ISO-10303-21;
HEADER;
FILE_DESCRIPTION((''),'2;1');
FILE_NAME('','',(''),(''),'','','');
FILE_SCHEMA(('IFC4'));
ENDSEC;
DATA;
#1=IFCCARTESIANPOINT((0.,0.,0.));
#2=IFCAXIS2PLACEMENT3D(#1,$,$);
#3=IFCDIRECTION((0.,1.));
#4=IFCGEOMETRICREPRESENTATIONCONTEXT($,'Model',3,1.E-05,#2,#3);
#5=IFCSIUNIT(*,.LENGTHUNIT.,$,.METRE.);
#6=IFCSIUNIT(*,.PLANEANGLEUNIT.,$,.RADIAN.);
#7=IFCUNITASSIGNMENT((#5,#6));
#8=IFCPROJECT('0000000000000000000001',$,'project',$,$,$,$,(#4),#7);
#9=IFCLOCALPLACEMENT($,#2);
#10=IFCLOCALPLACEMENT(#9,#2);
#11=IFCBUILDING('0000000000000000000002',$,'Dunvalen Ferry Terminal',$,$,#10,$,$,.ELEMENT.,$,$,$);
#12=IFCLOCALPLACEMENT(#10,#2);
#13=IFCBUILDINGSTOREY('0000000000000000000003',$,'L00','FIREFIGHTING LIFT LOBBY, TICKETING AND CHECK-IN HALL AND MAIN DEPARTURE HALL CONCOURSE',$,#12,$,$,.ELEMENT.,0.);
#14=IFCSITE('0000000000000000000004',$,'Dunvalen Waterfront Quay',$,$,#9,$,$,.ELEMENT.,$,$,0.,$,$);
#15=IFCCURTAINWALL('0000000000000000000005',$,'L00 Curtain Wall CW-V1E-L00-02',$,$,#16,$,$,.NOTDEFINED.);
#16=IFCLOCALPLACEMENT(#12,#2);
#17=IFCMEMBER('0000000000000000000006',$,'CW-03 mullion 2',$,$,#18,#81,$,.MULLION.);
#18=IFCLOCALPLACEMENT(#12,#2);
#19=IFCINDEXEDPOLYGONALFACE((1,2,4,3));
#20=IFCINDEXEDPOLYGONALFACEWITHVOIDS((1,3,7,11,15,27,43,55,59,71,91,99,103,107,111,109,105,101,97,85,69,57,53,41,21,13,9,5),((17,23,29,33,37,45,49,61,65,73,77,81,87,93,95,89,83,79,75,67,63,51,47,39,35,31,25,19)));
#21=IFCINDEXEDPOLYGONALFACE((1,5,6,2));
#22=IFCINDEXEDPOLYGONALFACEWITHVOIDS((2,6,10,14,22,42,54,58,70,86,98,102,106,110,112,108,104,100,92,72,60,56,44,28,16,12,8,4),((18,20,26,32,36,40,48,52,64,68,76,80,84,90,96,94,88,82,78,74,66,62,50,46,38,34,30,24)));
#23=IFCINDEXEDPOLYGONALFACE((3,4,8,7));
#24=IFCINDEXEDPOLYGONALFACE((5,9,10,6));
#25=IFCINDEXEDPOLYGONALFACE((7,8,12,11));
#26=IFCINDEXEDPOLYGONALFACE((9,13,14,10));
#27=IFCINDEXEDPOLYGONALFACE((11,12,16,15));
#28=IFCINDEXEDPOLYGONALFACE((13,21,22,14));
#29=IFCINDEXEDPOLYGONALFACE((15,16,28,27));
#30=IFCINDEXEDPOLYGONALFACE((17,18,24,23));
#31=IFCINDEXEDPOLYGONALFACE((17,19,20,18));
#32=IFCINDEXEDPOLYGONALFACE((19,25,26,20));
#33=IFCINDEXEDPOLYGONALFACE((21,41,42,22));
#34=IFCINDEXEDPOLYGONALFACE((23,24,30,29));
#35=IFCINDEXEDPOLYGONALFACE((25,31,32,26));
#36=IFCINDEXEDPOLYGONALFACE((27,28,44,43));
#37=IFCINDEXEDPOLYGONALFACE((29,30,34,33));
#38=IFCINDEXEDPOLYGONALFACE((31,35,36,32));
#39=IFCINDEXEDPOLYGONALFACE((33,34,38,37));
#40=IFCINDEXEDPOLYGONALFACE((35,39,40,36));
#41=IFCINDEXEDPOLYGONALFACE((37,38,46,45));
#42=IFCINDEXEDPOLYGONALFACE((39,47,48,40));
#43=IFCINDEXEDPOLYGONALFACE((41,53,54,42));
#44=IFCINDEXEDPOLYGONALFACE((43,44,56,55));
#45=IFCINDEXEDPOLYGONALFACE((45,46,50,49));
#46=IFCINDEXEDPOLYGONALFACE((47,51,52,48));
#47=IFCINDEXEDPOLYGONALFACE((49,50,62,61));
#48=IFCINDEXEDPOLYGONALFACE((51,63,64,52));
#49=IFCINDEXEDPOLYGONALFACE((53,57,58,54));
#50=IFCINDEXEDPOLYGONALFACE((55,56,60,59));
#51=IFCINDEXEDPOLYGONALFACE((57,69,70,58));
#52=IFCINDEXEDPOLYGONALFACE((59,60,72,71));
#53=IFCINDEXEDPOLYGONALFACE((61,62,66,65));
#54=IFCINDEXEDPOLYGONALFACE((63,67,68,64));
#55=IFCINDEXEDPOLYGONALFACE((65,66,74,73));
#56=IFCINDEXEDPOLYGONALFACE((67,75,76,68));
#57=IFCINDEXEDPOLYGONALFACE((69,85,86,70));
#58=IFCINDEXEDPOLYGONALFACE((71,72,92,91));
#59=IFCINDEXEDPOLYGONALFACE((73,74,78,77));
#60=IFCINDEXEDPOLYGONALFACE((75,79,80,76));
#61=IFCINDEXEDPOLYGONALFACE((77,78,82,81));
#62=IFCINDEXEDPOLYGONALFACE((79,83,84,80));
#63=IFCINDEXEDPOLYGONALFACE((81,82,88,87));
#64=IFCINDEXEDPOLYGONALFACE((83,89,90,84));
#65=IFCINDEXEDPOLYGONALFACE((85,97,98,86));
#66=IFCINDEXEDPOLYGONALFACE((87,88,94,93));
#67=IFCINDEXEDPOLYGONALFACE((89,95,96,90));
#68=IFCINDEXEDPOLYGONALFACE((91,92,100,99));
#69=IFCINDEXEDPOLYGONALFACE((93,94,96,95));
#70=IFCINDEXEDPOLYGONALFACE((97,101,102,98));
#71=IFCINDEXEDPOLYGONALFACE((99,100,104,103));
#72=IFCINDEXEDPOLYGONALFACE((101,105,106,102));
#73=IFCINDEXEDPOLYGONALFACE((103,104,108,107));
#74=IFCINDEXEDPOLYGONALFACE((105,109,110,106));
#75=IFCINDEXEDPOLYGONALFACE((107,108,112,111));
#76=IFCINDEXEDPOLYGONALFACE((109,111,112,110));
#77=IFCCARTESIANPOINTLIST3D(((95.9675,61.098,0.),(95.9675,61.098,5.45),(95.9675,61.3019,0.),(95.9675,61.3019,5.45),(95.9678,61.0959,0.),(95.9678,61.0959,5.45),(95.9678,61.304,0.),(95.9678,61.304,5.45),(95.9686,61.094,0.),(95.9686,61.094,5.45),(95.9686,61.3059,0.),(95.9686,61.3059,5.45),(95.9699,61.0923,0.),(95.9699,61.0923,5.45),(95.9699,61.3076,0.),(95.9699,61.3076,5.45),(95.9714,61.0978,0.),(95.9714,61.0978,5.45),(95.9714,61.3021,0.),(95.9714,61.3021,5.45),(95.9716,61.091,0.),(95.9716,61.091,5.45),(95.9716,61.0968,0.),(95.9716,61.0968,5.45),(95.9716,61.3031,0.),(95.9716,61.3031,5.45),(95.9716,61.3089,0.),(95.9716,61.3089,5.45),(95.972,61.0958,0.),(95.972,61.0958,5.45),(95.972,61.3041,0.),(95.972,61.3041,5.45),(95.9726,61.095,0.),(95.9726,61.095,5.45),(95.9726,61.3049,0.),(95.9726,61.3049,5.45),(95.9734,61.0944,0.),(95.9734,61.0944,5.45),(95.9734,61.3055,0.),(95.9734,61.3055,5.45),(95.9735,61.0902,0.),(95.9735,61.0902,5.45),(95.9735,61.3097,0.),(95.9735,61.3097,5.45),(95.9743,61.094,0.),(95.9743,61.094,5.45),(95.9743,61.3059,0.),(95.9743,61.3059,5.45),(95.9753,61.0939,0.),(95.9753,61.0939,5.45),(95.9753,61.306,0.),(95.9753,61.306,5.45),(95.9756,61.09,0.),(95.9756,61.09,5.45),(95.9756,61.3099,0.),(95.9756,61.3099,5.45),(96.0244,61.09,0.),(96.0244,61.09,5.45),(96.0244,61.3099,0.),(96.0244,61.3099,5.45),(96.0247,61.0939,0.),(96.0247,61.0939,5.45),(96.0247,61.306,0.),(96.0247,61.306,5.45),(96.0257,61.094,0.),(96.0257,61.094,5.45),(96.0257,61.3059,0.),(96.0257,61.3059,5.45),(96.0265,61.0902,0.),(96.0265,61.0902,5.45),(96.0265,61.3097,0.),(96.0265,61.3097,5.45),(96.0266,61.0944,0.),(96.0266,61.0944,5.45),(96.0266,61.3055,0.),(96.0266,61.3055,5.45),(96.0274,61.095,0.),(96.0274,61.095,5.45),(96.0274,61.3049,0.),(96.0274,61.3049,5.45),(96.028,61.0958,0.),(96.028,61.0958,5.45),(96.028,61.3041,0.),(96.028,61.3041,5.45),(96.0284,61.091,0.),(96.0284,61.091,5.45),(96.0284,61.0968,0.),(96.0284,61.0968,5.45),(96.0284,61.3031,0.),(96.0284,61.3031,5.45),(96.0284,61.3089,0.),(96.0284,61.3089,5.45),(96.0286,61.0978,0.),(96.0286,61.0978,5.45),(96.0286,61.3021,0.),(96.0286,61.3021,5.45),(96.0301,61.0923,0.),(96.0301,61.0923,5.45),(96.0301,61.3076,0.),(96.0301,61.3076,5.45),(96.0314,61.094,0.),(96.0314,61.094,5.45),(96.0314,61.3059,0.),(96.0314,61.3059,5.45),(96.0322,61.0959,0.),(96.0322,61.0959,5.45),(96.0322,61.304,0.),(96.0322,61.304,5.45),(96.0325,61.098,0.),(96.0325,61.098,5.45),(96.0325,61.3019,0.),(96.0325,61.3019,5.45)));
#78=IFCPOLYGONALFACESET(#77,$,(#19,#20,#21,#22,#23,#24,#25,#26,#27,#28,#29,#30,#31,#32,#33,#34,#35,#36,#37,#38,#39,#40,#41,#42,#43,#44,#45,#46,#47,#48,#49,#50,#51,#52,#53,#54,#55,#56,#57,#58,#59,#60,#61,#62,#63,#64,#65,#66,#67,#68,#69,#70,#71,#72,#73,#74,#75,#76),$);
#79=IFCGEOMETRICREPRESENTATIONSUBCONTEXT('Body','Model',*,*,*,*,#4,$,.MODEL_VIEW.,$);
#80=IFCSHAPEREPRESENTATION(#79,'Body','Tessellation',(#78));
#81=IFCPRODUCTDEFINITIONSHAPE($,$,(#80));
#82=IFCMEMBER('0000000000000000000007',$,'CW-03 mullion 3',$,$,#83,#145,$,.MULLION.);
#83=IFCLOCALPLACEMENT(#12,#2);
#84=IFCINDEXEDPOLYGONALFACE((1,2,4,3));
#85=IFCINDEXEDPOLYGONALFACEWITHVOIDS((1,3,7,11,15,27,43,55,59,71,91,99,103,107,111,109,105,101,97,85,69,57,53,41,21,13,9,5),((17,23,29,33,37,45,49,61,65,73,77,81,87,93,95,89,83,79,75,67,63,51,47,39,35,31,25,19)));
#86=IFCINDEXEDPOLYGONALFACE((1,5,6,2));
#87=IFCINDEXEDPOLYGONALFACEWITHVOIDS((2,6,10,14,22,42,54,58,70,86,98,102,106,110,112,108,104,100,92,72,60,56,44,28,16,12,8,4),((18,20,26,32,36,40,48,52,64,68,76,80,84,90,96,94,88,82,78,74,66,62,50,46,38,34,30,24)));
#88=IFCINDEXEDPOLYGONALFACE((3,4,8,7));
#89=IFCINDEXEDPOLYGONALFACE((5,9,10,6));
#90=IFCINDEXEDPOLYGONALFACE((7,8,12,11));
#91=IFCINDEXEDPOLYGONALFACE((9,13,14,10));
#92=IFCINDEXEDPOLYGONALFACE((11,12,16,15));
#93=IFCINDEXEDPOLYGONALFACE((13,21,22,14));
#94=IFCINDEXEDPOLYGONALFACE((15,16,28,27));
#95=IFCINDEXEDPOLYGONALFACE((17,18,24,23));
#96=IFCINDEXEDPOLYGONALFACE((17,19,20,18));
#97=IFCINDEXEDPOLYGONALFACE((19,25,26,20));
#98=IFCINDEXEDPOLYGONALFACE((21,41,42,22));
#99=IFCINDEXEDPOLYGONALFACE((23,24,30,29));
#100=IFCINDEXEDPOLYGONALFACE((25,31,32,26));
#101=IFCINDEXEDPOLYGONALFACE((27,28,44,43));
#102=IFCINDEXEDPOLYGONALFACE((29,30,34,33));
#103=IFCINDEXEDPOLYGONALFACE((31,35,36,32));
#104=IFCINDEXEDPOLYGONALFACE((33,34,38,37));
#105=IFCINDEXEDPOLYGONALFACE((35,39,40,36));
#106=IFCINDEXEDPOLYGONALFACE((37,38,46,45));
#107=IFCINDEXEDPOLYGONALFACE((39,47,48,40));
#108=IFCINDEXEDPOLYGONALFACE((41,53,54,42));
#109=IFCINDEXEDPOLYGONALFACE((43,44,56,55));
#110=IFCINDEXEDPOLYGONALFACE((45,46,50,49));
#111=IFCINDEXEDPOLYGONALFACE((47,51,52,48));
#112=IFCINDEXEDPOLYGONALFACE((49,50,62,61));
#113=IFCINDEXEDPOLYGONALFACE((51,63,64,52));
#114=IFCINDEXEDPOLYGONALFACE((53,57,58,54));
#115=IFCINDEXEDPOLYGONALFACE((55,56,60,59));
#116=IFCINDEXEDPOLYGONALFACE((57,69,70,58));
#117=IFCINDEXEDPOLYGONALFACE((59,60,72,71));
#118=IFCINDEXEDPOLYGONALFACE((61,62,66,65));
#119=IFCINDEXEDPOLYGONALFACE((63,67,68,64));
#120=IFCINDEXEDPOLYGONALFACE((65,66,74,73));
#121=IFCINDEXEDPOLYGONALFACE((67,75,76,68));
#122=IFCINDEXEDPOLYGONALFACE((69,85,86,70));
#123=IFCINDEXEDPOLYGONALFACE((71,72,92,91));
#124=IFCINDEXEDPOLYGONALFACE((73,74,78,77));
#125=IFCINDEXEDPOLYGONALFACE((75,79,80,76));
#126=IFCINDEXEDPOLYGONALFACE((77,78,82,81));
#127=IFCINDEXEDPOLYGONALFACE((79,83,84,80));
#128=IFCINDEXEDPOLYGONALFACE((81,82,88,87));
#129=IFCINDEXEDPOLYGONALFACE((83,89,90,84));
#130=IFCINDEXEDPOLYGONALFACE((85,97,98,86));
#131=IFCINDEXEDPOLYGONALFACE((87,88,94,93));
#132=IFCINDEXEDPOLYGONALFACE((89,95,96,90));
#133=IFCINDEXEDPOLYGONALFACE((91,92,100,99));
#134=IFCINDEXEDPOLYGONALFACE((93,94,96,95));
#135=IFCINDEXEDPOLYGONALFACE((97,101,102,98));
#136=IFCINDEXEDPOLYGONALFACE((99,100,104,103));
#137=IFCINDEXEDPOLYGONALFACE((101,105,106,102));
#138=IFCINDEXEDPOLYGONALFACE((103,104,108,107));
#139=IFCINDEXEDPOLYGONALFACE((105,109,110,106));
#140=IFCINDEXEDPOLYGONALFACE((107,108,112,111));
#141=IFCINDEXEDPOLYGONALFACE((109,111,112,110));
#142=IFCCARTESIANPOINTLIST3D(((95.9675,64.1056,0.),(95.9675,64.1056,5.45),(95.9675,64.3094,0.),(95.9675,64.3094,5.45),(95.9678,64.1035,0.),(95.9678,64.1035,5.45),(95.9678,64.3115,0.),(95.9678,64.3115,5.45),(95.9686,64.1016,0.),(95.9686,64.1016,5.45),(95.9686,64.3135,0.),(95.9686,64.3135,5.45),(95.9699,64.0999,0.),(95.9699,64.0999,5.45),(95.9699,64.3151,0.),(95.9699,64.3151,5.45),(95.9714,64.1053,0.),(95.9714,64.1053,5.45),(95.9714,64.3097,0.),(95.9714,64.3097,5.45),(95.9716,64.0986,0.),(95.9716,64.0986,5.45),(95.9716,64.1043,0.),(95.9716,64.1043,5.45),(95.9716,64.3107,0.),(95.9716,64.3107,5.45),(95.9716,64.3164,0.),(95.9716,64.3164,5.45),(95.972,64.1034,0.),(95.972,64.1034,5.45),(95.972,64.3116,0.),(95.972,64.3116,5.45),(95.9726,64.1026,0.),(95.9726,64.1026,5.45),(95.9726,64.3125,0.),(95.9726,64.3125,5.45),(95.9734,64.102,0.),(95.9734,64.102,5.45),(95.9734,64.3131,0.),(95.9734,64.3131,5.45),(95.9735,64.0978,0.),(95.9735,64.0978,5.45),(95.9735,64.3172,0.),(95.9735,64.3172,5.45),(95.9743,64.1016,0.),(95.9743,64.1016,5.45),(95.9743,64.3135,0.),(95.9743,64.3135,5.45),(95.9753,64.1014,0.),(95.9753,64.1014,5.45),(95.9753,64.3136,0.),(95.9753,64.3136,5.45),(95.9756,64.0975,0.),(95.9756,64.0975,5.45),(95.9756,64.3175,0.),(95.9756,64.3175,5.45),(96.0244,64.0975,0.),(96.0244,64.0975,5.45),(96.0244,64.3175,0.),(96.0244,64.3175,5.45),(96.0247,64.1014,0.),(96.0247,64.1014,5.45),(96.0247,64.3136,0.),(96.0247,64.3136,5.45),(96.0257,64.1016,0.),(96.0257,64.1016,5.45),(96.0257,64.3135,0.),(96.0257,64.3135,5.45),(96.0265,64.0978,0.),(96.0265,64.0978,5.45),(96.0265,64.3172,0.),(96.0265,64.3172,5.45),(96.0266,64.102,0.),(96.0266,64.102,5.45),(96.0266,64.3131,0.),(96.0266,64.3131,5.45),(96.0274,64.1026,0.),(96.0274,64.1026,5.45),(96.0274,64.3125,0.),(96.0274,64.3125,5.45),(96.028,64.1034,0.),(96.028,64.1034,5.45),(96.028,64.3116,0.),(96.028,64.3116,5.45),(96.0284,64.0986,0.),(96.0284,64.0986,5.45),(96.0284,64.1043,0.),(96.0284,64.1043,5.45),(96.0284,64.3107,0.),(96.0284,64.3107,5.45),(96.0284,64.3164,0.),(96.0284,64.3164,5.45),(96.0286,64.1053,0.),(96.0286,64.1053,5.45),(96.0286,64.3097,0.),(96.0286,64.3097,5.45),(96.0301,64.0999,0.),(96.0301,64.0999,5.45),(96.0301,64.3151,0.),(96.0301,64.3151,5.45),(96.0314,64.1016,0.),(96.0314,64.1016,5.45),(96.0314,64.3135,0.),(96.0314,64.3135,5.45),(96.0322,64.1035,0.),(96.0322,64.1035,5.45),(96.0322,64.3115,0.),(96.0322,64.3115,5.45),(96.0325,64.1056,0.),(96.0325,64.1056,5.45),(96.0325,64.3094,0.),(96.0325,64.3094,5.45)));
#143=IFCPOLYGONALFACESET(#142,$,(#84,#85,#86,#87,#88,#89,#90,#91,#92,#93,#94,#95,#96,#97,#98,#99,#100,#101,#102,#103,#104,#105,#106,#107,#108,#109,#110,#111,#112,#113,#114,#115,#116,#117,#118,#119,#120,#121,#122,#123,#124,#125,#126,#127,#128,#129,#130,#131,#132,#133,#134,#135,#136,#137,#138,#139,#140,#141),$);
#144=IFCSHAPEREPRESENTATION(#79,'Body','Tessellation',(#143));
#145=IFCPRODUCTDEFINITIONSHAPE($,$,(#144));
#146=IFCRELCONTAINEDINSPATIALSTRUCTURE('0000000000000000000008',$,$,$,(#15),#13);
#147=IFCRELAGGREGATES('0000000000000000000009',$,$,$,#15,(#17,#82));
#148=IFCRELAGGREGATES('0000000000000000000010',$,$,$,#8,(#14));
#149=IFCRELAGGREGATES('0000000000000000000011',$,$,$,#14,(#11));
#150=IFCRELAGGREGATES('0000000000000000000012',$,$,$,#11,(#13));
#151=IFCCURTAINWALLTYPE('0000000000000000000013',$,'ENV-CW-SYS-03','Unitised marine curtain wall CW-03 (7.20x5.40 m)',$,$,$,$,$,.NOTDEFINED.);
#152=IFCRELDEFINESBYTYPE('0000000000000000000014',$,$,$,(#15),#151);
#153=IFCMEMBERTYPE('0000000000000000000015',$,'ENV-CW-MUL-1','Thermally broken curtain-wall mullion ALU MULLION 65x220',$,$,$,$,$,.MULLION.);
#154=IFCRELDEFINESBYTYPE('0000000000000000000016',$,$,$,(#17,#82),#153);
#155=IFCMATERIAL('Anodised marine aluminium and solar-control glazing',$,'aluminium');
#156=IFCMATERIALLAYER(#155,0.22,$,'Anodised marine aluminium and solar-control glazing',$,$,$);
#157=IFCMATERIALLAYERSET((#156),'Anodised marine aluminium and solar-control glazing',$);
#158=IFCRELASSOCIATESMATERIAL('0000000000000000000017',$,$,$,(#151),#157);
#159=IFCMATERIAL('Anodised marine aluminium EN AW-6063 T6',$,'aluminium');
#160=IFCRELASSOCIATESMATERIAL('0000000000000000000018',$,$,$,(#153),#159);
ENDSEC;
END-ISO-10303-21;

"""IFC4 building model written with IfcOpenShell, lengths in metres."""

from ifc_helpers import new_model, si_unit, direction, frame, origin, origin_2d, place, context, subcontext, project, spatial, hollow_rectangle, extrude, material, layer, layer_set, material_profile, profile_set, type_object, element, aggregate, save


model = new_model("IFC4")

# Units and contexts
model_context = context("Model", 3, precision=1e-05, world=origin(), true_north=direction((0.0, 1.0)))
body_context = subcontext(model_context, "Body", "Model", "MODEL_VIEW")
ifc_project = project(units=[si_unit("LENGTHUNIT", "METRE"), si_unit("PLANEANGLEUNIT", "RADIAN")], contexts=[model_context])

# Site, building, storey
site_placement = place(None, origin())
site = spatial("IfcSite", under=ifc_project, at=site_placement, Name="Dunvalen Waterfront Quay", CompositionType="ELEMENT", RefElevation=0.0)
building_placement = place(site_placement, origin())
building = spatial("IfcBuilding", under=site, at=building_placement, Name="Dunvalen Ferry Terminal", CompositionType="ELEMENT")
storey_placement = place(building_placement, origin())
storey = spatial("IfcBuildingStorey", under=building, at=storey_placement, Name="L00", Description="FIREFIGHTING LIFT LOBBY, TICKETING AND CHECK-IN HALL AND MAIN DEPARTURE HALL CONCOURSE", CompositionType="ELEMENT", Elevation=0.0)

# Shared definitions
ifc_material_1 = material(Name="Anodised marine aluminium and solar-control glazing", Category="aluminium")
ifc_layer_1 = layer(ifc_material_1, 0.22, Name="Anodised marine aluminium and solar-control glazing")
ifc_layer_set_1 = layer_set([ifc_layer_1], Name="Anodised marine aluminium and solar-control glazing")
curtain_wall_type = type_object("IfcCurtainWallType", Name="ENV-CW-SYS-03", Description="Unitised marine curtain wall CW-03 (7.20x5.40 m)", PredefinedType="NOTDEFINED", material=ifc_layer_set_1)
ifc_material_2 = material(Name="Anodised marine aluminium EN AW-6063 T6", Category="aluminium")
ifc_material_profile_1 = material_profile(ifc_material_2, hollow_rectangle(XDim=0.0649, YDim=0.22, WallThickness=0.0039, InnerFilletRadius=0.0039, OuterFilletRadius=0.0081, at=origin_2d()), Name="Anodised marine aluminium EN AW-6063 T6")
ifc_profile_set_1 = profile_set([ifc_material_profile_1], Name="Anodised marine aluminium EN AW-6063 T6")
member_type_1 = type_object("IfcMemberType", Name="ENV-CW-MUL-1", Description="Thermally broken curtain-wall mullion ALU MULLION 65x220", PredefinedType="MULLION", material=ifc_profile_set_1)

# Curtain wall, members
curtain_wall_1_placement = place(storey_placement, origin())
curtain_wall_1 = element("IfcCurtainWall", 1, at=curtain_wall_1_placement, inside=storey, type_object=curtain_wall_type, Name="L00 Curtain Wall CW-V1E-L00-02", PredefinedType="NOTDEFINED")
member_1_placement = place(storey_placement, frame((96.0, 61.2, 0.0), z_axis=(0.0, 0.0, 1.0), x_axis=(-1.0, 0.0, 0.0)))
member_1 = element("IfcMember", 2, at=member_1_placement, type_object=member_type_1, Name="CW-03 mullion 2", PredefinedType="MULLION", context=body_context, shape_type="SweptSolid", body=[
    extrude(hollow_rectangle(XDim=0.0649, YDim=0.22, WallThickness=0.0039, InnerFilletRadius=0.0039, OuterFilletRadius=0.0081, at=origin_2d()), origin(), (0.0, 0.0, 1.0), 5.45),
])
member_2_placement = place(storey_placement, frame((96.0, 64.2075, 0.0), z_axis=(0.0, 0.0, 1.0), x_axis=(-1.0, 0.0, 0.0)))
member_2 = element("IfcMember", 3, at=member_2_placement, type_object=member_type_1, Name="CW-03 mullion 3", PredefinedType="MULLION", context=body_context, shape_type="SweptSolid", body=[
    extrude(hollow_rectangle(XDim=0.0649, YDim=0.22, WallThickness=0.0039, InnerFilletRadius=0.0039, OuterFilletRadius=0.0081, at=origin_2d()), origin(), (0.0, 0.0, 1.0), 5.45),
])
aggregate(curtain_wall_1, [member_1, member_2])

save(model, "model.ifc")
